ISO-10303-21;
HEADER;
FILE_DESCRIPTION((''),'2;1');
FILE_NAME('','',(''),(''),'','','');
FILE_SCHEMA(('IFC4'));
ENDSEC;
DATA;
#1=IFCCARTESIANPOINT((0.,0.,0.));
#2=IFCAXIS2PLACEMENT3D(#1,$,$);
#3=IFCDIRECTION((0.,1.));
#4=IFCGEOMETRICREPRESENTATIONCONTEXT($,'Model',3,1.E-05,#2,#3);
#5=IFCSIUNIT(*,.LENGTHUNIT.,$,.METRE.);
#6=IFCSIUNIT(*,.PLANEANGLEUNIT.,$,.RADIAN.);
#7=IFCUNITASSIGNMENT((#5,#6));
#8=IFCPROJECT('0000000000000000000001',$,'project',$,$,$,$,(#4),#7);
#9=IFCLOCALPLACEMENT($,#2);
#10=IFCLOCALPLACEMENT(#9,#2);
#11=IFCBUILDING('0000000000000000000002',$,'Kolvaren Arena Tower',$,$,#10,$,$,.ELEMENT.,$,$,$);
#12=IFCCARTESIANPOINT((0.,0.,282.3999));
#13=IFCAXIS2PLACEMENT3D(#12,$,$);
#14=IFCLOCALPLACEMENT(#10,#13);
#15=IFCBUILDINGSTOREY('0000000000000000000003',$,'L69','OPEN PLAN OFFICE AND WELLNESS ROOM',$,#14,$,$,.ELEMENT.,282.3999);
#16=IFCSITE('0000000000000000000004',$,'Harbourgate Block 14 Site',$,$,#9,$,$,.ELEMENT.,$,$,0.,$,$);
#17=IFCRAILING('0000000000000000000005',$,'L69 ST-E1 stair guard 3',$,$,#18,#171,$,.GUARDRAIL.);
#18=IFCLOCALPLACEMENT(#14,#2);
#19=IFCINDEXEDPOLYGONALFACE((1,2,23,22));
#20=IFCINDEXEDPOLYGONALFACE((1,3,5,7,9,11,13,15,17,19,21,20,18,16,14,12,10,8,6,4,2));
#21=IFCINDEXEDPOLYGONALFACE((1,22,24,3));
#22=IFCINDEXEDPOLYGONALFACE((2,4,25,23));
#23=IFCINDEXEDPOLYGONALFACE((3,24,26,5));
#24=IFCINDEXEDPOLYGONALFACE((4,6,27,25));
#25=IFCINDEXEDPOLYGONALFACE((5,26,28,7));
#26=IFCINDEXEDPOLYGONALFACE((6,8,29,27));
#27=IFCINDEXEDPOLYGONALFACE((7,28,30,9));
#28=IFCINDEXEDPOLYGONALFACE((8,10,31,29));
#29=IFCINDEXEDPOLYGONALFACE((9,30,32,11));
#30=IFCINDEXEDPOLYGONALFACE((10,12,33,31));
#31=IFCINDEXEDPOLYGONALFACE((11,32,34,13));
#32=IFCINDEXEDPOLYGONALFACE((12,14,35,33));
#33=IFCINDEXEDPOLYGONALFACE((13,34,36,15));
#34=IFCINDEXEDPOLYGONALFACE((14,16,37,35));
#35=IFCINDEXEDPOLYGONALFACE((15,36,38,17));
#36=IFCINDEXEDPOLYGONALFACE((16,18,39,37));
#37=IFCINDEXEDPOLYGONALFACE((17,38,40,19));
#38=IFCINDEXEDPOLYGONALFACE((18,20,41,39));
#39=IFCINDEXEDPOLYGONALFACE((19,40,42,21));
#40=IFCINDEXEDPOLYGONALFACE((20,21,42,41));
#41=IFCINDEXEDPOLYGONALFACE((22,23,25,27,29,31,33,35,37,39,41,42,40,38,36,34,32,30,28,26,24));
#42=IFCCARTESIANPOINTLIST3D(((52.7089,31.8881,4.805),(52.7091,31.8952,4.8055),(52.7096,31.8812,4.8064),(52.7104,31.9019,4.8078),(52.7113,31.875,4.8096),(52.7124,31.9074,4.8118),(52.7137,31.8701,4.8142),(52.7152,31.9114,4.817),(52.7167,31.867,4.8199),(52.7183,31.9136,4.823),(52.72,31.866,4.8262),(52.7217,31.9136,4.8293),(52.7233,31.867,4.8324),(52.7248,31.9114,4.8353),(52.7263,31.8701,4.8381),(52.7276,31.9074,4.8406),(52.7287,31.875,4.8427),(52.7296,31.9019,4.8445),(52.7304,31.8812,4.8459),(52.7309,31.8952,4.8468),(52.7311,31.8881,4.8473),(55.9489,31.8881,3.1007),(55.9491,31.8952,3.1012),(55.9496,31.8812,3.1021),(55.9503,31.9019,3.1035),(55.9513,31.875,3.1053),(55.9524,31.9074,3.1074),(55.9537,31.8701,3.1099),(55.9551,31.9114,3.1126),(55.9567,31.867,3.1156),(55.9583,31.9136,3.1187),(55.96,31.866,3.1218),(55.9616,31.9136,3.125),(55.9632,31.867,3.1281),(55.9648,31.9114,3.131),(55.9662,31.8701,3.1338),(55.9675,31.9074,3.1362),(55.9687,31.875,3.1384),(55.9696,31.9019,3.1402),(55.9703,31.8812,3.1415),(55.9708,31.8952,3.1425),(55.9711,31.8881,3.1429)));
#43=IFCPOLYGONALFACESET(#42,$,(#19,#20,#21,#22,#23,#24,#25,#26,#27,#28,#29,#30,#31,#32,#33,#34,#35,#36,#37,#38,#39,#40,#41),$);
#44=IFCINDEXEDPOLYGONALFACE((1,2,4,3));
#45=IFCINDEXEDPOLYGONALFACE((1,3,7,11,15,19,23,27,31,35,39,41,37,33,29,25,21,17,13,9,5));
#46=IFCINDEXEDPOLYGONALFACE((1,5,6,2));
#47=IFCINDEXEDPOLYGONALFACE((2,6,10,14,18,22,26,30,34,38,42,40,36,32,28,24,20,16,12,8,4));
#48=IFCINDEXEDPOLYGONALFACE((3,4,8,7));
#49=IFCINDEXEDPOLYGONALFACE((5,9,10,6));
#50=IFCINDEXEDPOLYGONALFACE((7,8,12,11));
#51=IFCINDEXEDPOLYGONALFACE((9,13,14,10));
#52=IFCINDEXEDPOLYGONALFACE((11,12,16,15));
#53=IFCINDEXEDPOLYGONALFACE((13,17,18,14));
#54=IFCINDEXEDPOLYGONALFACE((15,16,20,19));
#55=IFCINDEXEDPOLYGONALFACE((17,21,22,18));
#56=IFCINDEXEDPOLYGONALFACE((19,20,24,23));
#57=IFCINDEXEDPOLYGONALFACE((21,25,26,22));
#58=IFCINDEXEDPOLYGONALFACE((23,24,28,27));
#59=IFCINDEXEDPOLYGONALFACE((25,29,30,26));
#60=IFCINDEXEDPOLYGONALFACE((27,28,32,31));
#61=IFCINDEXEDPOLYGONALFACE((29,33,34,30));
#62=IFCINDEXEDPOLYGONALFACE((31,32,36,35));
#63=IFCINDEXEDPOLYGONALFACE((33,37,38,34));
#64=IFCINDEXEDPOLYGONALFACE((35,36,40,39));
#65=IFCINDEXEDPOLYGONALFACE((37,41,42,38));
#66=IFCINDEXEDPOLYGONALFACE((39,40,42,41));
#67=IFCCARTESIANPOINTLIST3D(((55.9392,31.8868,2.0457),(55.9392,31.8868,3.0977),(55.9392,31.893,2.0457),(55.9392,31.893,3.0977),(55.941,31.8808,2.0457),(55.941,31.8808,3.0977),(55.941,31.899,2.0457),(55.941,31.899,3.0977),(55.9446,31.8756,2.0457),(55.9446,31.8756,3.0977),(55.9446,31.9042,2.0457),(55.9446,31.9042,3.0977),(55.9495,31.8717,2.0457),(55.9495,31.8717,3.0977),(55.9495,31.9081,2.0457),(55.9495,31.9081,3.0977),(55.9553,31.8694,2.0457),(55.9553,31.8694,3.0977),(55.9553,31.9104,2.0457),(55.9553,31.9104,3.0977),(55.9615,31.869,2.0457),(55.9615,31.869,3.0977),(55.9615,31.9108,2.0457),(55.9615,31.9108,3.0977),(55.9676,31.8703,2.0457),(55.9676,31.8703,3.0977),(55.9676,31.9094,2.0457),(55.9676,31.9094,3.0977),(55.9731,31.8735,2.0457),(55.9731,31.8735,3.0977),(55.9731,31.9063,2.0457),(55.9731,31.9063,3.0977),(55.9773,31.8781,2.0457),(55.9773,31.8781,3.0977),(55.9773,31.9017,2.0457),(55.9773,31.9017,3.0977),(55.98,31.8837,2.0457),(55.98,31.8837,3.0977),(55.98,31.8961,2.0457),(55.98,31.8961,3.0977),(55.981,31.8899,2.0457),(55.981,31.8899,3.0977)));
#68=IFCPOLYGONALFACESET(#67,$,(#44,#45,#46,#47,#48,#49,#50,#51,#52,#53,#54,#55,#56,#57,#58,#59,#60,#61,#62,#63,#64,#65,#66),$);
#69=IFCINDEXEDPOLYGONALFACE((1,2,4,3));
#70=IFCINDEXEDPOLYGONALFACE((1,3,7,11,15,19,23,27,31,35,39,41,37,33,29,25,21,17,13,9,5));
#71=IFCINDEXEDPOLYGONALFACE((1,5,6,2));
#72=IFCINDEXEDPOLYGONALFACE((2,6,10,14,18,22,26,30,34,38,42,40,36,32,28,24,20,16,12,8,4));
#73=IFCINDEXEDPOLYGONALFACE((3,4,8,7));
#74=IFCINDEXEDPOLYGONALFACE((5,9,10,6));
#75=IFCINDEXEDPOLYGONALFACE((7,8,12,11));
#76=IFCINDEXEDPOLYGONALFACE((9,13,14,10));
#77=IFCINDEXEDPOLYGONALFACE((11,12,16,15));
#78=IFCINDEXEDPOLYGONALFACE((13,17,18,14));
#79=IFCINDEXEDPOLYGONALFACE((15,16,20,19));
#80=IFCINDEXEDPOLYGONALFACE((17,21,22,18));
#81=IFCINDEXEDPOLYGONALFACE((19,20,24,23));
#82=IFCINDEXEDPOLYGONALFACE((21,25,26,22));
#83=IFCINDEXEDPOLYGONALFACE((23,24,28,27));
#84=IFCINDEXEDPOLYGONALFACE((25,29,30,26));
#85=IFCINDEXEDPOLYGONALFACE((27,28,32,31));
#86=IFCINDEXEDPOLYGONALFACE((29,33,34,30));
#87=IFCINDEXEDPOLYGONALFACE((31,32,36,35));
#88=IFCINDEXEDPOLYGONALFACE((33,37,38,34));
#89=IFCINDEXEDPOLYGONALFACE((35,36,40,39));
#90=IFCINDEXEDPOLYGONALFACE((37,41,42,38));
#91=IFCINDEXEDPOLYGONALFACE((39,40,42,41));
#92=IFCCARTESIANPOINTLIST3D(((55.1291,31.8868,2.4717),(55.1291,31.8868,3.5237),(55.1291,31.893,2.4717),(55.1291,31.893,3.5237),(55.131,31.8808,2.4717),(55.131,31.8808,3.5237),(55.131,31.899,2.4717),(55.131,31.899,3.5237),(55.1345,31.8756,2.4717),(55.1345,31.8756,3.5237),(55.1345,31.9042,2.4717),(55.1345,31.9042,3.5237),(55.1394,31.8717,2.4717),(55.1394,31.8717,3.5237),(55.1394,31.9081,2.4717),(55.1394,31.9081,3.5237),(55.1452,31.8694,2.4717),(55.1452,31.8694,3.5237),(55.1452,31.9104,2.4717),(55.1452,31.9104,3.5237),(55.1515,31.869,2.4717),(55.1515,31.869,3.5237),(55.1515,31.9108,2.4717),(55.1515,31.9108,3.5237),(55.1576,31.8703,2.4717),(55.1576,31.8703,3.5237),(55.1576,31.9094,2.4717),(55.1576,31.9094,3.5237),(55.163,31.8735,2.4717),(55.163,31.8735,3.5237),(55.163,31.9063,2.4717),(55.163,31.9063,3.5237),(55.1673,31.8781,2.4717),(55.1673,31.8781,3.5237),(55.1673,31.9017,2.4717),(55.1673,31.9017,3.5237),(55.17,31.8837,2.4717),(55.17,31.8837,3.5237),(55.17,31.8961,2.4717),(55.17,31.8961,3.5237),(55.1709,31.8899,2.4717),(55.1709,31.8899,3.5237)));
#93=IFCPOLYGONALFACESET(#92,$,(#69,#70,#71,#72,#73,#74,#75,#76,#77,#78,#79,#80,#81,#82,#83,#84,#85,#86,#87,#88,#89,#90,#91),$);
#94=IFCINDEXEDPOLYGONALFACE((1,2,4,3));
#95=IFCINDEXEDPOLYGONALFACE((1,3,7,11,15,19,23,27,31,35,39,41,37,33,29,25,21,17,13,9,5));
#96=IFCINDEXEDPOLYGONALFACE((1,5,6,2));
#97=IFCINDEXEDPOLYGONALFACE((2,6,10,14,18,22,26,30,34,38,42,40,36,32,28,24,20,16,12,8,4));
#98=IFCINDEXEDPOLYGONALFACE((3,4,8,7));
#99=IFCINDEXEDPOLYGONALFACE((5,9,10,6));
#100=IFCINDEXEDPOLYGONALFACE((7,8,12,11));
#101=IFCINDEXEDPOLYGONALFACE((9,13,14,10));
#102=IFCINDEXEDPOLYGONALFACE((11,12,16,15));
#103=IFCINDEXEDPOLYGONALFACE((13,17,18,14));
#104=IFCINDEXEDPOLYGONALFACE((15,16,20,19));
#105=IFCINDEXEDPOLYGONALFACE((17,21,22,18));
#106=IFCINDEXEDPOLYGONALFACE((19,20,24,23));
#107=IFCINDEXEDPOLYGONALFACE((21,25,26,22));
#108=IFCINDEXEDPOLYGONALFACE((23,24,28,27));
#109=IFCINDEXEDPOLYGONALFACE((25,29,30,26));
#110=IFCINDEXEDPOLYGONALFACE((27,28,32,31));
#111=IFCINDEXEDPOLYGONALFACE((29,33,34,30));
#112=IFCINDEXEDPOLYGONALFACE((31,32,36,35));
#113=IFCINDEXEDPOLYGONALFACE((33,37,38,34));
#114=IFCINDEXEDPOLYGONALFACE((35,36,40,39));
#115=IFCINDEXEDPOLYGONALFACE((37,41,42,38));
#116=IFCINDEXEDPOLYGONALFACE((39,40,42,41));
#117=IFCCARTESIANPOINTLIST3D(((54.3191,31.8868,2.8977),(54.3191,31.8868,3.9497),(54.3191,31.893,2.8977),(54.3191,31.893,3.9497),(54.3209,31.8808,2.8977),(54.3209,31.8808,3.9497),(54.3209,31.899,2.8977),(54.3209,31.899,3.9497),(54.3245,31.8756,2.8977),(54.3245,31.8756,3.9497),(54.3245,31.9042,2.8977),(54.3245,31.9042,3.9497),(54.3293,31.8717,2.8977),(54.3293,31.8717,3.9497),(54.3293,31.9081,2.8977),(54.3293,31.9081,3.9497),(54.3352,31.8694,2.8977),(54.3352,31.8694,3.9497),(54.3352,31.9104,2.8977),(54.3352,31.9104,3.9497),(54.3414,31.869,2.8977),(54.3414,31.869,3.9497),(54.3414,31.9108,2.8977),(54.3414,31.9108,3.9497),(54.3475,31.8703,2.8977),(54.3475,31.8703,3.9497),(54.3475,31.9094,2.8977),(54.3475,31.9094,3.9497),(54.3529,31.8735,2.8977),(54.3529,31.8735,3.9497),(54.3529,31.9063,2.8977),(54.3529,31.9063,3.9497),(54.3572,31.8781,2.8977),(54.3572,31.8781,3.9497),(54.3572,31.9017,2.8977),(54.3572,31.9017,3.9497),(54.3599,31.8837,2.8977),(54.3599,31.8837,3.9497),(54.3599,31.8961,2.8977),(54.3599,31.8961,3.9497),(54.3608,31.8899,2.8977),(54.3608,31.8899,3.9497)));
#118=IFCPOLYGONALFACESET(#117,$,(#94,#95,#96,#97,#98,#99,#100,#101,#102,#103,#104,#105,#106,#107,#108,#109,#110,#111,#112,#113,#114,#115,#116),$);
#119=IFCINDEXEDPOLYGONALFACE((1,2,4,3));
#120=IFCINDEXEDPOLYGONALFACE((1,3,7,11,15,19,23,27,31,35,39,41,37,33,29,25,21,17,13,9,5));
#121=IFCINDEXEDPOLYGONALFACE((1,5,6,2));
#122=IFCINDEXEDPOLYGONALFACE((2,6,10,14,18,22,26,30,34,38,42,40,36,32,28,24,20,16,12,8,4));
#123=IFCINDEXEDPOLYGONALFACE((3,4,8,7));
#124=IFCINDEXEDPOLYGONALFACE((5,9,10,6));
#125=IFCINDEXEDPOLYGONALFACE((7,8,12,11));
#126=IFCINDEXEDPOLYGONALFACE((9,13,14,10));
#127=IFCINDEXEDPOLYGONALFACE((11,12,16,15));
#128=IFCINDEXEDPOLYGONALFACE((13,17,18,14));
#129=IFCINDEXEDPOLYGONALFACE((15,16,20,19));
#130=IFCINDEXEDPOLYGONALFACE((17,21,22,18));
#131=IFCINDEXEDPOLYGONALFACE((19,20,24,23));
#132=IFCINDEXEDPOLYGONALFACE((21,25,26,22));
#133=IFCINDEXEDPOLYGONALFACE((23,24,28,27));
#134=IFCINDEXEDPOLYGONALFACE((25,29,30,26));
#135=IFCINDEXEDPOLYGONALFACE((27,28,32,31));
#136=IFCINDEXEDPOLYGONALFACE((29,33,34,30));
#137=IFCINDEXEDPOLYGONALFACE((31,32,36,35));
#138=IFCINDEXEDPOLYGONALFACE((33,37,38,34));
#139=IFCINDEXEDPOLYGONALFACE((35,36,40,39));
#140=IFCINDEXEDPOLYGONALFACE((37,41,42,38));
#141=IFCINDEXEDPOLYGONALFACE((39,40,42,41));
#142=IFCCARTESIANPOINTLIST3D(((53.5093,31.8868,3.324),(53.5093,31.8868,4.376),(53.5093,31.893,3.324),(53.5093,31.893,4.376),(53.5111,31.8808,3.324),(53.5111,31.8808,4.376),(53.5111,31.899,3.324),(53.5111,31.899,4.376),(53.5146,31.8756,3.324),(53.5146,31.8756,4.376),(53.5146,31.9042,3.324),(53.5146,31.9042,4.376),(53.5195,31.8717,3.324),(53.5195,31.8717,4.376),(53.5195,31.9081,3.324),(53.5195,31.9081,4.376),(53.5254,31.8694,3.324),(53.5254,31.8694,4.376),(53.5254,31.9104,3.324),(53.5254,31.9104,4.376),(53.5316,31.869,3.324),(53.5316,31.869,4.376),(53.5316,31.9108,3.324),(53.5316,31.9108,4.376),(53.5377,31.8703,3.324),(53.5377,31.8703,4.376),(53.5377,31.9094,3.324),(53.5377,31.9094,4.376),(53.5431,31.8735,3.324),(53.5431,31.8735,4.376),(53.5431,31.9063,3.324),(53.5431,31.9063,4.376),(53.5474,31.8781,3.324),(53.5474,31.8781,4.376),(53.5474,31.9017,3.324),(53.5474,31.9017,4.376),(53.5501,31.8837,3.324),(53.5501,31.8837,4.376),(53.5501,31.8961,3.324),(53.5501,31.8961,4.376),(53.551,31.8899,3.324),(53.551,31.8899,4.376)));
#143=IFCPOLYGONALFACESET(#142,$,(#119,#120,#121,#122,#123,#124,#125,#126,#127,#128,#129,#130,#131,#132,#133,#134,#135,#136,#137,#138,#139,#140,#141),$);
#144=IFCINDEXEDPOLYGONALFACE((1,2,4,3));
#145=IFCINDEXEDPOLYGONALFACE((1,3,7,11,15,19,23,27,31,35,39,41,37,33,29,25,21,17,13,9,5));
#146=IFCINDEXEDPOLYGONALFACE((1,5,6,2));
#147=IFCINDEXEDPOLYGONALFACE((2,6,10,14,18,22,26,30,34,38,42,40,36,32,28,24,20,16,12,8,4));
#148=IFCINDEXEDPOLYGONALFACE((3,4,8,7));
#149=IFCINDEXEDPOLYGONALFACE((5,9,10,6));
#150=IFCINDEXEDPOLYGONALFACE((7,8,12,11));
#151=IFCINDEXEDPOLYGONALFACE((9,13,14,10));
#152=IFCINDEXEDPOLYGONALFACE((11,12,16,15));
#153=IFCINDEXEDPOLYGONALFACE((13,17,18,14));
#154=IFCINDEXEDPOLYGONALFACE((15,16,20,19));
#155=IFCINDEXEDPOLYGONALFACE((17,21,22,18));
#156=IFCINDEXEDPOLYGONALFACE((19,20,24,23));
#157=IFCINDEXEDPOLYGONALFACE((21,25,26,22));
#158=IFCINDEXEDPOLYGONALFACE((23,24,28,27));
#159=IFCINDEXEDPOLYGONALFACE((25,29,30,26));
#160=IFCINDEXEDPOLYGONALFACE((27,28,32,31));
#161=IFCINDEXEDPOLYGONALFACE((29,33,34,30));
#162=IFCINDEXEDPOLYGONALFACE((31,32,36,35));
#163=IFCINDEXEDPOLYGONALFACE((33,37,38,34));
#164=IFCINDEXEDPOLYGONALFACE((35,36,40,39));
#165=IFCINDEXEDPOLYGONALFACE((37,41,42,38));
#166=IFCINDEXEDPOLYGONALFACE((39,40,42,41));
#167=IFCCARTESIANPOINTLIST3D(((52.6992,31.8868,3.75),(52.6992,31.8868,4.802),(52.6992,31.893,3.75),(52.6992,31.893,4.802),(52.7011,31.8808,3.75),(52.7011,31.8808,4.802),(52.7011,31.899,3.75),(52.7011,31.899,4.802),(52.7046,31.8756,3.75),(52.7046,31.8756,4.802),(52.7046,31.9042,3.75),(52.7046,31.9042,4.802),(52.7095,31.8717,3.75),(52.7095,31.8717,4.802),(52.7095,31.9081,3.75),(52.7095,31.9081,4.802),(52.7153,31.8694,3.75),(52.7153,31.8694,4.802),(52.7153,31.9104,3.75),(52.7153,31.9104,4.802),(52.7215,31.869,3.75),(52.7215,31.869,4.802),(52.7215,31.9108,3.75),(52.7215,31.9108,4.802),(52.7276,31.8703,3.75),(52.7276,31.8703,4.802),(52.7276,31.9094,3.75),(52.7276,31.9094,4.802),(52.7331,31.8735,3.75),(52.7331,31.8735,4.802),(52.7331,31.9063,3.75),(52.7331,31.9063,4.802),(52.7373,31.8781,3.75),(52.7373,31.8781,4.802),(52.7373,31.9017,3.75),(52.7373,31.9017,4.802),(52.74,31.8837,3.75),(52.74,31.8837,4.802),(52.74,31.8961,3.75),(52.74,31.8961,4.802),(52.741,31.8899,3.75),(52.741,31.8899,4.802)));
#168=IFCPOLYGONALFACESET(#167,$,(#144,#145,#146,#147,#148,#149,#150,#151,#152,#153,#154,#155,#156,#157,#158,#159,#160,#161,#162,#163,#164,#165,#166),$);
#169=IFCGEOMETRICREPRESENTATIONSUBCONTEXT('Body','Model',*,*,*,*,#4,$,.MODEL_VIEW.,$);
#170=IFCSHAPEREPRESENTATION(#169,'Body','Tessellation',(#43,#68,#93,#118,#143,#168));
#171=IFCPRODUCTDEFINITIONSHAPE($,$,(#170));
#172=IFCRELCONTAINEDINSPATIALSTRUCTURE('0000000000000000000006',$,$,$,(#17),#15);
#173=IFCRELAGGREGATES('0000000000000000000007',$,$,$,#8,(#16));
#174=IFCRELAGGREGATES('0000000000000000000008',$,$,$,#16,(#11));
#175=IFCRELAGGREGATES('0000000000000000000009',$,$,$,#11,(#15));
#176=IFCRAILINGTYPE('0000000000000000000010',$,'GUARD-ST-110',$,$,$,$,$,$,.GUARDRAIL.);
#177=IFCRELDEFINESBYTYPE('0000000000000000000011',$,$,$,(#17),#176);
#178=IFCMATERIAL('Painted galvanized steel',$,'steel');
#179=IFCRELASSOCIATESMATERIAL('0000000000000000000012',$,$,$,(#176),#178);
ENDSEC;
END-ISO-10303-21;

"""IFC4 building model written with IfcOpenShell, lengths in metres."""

from ifc_helpers import new_model, si_unit, direction, frame, origin, origin_2d, place, context, subcontext, project, spatial, circle, extrude, material, type_object, element, save


model = new_model("IFC4")

# Units and contexts
model_context = context("Model", 3, precision=1e-05, world=origin(), true_north=direction((0.0, 1.0)))
body_context = subcontext(model_context, "Body", "Model", "MODEL_VIEW")
ifc_project = project(units=[si_unit("LENGTHUNIT", "METRE"), si_unit("PLANEANGLEUNIT", "RADIAN")], contexts=[model_context])

# Site, building, storey
site_placement = place(None, origin())
site = spatial("IfcSite", under=ifc_project, at=site_placement, Name="Harbourgate Block 14 Site", CompositionType="ELEMENT", RefElevation=0.0)
building_placement = place(site_placement, origin())
building = spatial("IfcBuilding", under=site, at=building_placement, Name="Kolvaren Arena Tower", CompositionType="ELEMENT")
storey_placement = place(building_placement, frame((0.0, 0.0, 282.3999)))
storey = spatial("IfcBuildingStorey", under=building, at=storey_placement, Name="L69", Description="OPEN PLAN OFFICE AND WELLNESS ROOM", CompositionType="ELEMENT", Elevation=282.3999)

# Railing
ifc_material_1 = material(Name="Painted galvanized steel", Category="steel")
railing_type_1 = type_object("IfcRailingType", Name="GUARD-ST-110", PredefinedType="GUARDRAIL", material=ifc_material_1)
railing_1_placement = place(storey_placement, frame((55.96, 31.8899, 2.0457)))
element("IfcRailing", 1, at=railing_1_placement, inside=storey, type_object=railing_type_1, Name="L69 ST-E1 stair guard 3", PredefinedType="GUARDRAIL", context=body_context, shape_type="SweptSolid", body=[
    extrude(circle(Radius=0.0239, at=origin_2d()), frame((0.0, 0.0, 1.0762), z_axis=(-0.885021, 0.0, 0.465551), x_axis=(0.0, -1.0, 0.0)), (0.0, 0.0, 1.0), 3.6609),
    extrude(circle(Radius=0.021, at=origin_2d()), origin(), (0.0, 0.0, 1.0), 1.052),
    extrude(circle(Radius=0.021, at=origin_2d()), frame((-0.8101, 0.0, 0.426)), (0.0, 0.0, 1.0), 1.052),
    extrude(circle(Radius=0.021, at=origin_2d()), frame((-1.6201, 0.0, 0.8521)), (0.0, 0.0, 1.0), 1.052),
    extrude(circle(Radius=0.021, at=origin_2d()), frame((-2.4299, 0.0, 1.2783)), (0.0, 0.0, 1.0), 1.052),
    extrude(circle(Radius=0.021, at=origin_2d()), frame((-3.24, 0.0, 1.7043)), (0.0, 0.0, 1.0), 1.052),
])

save(model, "model.ifc")
